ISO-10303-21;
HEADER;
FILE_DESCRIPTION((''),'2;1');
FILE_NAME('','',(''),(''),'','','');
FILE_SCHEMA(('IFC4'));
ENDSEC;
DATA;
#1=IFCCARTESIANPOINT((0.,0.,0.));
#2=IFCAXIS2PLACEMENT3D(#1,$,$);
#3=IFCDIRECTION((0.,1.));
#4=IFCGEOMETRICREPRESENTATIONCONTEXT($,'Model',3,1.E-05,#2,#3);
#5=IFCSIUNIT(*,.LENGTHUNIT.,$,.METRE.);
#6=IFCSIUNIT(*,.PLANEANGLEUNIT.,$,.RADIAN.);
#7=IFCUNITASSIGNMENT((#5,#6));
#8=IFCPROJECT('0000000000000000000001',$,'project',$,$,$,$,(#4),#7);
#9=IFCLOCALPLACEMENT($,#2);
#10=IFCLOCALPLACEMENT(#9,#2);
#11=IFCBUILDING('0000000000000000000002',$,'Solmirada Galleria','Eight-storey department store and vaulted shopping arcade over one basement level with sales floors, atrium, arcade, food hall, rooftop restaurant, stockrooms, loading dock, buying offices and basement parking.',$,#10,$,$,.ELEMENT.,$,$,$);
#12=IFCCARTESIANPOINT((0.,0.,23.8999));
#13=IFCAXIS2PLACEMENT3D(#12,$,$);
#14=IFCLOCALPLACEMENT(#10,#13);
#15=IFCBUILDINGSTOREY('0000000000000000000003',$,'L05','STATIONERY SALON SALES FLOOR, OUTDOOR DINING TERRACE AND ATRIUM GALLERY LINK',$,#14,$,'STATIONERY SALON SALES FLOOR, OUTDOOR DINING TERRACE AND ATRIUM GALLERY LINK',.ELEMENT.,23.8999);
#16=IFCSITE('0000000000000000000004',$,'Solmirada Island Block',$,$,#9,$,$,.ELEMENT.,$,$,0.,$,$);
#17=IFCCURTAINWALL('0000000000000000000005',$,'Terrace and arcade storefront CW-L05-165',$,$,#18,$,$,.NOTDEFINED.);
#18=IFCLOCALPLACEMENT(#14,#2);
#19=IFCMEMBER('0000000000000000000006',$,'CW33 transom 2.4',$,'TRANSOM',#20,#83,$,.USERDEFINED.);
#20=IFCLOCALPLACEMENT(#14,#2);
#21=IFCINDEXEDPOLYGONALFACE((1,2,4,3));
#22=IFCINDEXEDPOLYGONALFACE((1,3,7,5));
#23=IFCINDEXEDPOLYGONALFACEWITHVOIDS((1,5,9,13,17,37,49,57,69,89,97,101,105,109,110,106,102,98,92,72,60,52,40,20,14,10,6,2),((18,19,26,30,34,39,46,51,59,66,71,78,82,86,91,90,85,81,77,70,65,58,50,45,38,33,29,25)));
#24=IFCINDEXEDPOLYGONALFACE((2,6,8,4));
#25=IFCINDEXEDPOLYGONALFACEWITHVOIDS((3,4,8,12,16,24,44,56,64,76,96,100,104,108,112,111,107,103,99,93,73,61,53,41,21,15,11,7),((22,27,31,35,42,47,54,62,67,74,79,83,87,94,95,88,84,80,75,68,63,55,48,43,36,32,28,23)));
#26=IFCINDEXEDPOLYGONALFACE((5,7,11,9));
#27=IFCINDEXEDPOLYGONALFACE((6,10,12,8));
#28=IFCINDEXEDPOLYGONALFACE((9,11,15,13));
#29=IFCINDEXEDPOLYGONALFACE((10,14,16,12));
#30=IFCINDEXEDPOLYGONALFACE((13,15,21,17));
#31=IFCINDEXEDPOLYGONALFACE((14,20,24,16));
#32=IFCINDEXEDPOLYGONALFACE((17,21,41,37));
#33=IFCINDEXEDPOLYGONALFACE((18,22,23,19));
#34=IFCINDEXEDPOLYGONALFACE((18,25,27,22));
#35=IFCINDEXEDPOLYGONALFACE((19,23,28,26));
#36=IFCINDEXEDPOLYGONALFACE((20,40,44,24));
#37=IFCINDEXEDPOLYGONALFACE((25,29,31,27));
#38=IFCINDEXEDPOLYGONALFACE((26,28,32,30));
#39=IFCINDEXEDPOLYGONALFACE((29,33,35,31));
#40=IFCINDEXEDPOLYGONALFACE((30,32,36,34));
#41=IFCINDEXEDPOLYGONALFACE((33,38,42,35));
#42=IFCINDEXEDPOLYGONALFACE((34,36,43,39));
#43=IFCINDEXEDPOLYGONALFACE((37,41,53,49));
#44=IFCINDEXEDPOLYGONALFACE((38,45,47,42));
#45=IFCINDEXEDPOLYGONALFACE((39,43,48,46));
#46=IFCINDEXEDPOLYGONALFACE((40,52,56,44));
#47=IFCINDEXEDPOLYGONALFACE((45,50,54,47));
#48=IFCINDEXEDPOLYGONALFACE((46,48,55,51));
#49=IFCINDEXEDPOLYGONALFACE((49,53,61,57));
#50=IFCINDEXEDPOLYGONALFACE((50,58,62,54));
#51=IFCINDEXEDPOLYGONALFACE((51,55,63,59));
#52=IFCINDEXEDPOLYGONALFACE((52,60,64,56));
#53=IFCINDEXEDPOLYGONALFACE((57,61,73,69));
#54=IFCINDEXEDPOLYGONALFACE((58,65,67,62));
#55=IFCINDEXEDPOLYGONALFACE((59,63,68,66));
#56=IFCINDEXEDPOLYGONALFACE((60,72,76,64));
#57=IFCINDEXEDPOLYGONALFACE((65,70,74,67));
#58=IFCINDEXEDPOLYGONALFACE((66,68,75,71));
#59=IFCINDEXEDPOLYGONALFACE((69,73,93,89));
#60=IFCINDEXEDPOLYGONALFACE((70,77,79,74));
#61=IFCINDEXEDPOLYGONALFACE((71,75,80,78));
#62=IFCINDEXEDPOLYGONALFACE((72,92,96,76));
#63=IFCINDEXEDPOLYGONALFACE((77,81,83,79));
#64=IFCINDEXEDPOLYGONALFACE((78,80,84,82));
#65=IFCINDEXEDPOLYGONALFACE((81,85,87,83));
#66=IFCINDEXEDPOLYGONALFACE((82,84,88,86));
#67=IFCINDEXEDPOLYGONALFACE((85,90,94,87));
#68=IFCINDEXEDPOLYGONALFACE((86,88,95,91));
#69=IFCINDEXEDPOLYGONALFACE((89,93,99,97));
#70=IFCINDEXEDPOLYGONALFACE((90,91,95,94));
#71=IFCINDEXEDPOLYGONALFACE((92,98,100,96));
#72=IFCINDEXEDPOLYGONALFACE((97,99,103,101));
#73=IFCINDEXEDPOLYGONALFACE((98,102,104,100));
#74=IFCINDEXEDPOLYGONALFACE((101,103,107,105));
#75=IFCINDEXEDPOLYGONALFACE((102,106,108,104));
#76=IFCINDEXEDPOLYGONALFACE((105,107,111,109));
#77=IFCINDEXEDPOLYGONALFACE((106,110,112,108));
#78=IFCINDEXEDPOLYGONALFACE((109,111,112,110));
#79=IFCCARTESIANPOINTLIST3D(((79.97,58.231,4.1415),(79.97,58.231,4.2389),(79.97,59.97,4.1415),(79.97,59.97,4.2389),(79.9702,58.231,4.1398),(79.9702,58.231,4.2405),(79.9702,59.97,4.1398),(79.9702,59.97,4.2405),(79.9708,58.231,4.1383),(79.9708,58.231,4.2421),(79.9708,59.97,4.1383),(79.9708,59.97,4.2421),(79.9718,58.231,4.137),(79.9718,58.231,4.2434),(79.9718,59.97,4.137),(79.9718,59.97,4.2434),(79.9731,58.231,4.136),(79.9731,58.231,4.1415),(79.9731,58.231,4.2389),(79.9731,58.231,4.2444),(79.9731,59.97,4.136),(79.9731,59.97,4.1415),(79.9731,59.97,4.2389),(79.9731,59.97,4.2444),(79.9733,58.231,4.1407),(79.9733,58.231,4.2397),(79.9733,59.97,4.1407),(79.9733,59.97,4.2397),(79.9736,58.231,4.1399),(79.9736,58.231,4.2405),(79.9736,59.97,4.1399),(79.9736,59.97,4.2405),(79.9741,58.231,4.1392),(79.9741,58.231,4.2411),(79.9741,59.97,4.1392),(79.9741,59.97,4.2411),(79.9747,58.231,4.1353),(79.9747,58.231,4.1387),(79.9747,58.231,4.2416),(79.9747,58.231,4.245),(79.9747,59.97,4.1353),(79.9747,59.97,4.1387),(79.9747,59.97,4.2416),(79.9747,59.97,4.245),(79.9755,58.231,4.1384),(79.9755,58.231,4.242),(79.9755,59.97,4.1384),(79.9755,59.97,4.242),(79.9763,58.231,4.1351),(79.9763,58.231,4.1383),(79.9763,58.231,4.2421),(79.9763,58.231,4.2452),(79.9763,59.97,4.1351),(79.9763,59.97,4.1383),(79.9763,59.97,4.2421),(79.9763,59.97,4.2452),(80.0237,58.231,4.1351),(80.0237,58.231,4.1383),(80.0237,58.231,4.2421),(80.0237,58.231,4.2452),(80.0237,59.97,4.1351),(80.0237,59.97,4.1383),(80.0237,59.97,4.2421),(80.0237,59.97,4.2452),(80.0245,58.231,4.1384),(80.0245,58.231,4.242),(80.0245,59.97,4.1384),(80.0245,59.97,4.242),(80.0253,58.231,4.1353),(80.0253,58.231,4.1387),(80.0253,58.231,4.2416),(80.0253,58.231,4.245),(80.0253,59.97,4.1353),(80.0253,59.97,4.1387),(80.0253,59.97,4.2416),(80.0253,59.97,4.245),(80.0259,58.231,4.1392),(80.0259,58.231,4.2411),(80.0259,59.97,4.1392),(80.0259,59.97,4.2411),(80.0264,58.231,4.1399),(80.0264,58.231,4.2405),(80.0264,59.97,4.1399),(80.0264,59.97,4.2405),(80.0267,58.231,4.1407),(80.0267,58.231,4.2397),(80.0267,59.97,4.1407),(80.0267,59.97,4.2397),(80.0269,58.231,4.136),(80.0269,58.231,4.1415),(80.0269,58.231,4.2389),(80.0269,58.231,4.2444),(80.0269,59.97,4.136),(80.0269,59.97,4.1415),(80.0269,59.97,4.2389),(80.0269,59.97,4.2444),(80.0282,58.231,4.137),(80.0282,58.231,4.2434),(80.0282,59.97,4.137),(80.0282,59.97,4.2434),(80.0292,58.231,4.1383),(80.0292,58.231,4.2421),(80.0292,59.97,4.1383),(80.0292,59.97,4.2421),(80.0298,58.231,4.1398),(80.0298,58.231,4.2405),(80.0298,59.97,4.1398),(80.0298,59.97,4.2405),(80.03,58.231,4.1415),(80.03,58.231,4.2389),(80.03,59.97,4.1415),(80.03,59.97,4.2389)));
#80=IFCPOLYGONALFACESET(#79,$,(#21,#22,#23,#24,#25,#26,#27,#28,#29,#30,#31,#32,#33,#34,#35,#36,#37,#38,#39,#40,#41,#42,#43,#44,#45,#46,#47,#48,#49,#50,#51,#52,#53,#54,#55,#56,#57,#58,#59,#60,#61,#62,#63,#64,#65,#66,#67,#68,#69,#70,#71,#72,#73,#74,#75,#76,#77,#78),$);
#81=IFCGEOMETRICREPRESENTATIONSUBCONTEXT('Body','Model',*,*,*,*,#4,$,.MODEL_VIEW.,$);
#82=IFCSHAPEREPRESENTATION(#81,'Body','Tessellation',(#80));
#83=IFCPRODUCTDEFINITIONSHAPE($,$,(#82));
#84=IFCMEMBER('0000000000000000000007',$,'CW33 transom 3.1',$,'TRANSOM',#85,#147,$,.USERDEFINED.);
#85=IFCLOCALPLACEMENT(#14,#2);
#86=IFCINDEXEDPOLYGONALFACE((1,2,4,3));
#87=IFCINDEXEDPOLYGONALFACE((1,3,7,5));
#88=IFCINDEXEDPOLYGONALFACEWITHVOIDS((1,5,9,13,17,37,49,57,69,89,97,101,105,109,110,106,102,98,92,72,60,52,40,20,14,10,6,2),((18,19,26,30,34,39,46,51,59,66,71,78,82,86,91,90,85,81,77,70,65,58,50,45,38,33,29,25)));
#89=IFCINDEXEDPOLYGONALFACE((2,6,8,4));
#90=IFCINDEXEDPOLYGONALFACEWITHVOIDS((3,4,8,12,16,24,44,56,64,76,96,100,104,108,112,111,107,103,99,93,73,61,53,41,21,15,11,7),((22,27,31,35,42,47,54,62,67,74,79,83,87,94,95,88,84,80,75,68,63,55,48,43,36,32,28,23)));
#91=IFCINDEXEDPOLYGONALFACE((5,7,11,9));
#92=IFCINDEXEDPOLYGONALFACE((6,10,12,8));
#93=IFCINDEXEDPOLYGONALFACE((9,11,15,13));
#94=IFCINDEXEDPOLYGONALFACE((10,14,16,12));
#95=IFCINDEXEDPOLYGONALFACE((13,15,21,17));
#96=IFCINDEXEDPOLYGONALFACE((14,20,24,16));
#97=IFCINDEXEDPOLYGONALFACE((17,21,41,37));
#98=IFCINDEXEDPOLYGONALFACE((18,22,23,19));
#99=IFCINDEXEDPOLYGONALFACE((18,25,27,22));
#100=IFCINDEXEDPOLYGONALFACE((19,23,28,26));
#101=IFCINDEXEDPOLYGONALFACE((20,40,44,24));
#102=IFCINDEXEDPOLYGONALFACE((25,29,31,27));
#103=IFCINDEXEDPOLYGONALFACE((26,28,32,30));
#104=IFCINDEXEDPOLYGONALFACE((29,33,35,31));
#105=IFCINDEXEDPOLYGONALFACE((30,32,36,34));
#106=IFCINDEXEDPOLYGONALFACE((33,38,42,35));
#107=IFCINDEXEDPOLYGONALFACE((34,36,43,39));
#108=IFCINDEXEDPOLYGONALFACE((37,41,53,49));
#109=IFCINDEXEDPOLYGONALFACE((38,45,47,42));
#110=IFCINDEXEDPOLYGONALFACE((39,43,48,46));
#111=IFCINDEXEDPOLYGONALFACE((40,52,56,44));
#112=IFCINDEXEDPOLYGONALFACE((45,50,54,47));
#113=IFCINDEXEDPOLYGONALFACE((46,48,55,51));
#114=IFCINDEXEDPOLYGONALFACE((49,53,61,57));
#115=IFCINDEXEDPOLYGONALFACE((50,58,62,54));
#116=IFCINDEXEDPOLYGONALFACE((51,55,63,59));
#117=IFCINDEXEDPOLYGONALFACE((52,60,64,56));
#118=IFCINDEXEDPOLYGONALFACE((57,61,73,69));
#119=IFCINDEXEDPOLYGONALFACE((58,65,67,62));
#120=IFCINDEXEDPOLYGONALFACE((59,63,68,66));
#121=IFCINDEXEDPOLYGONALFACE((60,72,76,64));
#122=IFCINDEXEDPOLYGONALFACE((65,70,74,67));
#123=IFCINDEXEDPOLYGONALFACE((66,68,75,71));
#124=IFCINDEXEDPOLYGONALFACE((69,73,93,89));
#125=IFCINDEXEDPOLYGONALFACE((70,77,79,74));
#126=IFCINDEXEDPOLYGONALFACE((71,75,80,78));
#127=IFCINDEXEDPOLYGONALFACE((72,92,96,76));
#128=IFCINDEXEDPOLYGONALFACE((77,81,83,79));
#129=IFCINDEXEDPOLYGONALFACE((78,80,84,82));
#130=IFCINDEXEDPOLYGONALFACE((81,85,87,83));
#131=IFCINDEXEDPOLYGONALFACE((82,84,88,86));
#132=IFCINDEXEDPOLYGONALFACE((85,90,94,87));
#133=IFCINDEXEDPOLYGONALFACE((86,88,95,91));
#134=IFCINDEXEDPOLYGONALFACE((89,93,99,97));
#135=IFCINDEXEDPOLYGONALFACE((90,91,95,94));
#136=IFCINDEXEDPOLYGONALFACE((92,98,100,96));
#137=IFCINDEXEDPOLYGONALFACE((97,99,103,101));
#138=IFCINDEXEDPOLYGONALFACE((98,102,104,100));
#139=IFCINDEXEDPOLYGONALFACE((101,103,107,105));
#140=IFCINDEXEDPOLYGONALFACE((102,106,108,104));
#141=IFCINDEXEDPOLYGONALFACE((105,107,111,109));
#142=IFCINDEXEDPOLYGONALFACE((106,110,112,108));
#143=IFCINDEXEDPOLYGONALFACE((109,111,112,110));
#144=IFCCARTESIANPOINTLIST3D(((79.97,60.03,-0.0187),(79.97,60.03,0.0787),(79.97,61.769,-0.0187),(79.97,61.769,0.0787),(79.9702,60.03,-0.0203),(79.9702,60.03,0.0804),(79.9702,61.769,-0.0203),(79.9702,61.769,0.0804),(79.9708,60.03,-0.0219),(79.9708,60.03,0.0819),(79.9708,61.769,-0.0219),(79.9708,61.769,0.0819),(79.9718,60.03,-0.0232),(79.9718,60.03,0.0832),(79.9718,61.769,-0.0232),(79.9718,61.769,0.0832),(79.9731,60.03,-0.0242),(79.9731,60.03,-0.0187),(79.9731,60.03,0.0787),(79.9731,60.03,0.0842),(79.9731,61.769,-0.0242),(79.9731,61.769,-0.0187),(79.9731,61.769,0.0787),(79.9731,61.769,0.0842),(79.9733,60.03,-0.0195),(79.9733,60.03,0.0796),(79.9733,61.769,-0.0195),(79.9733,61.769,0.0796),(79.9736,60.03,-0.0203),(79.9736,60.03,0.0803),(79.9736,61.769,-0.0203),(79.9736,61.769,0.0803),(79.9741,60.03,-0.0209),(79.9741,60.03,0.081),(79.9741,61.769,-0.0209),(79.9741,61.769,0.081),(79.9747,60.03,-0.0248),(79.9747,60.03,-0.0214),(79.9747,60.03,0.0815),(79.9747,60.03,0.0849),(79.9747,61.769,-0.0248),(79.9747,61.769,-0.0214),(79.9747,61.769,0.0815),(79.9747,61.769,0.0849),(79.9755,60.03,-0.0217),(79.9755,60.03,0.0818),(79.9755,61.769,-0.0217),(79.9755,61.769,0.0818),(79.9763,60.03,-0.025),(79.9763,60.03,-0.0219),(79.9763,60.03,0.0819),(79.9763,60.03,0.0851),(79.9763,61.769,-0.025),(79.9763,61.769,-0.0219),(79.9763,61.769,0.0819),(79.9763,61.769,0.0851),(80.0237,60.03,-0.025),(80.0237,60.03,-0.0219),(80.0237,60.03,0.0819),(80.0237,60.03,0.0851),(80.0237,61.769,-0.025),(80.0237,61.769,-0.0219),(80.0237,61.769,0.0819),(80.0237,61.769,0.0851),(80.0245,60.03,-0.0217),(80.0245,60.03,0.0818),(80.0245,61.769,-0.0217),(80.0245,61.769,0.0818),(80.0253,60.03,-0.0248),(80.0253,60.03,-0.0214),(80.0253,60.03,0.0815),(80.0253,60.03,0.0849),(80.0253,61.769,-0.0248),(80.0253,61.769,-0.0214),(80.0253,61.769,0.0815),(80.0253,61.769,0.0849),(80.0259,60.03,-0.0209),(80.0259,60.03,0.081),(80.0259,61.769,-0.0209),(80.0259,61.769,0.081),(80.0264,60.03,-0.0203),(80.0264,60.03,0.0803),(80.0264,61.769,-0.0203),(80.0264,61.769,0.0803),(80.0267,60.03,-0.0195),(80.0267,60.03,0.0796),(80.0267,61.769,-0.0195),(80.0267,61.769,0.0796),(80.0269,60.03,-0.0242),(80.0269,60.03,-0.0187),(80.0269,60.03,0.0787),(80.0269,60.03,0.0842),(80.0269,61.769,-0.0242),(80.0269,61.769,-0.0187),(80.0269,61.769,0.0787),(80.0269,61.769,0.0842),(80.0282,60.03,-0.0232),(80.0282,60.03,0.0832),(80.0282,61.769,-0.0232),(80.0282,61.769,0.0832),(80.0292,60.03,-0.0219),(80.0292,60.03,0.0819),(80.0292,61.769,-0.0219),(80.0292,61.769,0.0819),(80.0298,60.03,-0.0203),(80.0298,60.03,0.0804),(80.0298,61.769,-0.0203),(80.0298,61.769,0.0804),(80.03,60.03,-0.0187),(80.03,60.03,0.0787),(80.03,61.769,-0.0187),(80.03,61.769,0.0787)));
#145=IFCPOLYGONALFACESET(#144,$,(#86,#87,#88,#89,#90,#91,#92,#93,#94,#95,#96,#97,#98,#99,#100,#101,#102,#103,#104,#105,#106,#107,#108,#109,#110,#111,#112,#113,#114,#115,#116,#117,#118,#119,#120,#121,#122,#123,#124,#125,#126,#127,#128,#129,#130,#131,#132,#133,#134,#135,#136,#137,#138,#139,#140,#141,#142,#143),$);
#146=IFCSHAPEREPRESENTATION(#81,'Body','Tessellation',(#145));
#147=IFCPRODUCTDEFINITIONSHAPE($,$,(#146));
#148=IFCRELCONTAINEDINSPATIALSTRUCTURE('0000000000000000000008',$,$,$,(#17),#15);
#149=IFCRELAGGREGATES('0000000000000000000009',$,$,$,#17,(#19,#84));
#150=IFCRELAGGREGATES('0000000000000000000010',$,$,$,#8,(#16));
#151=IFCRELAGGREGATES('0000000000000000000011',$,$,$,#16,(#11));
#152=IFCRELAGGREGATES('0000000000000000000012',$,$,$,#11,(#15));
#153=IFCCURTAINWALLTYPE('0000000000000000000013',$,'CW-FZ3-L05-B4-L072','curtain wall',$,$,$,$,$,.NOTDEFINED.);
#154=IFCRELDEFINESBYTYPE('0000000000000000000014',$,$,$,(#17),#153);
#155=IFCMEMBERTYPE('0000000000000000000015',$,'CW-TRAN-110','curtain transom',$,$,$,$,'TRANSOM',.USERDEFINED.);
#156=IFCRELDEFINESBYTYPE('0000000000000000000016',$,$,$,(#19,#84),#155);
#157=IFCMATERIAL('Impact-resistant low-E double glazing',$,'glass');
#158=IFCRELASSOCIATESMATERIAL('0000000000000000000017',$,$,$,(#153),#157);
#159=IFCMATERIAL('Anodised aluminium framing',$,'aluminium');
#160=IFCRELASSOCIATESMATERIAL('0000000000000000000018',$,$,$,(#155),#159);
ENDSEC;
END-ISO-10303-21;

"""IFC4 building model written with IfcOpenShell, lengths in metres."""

from ifc_helpers import new_model, si_unit, direction, frame, origin, origin_2d, place, context, subcontext, project, spatial, hollow_rectangle, extrude, material, material_profile, profile_set, type_object, element, aggregate, save


model = new_model("IFC4")

# Units and contexts
model_context = context("Model", 3, precision=1e-05, world=origin(), true_north=direction((0.0, 1.0)))
body_context = subcontext(model_context, "Body", "Model", "MODEL_VIEW")
ifc_project = project(units=[si_unit("LENGTHUNIT", "METRE"), si_unit("PLANEANGLEUNIT", "RADIAN")], contexts=[model_context])

# Site, building, storey
site_placement = place(None, origin())
site = spatial("IfcSite", under=ifc_project, at=site_placement, Name="Solmirada Island Block", CompositionType="ELEMENT", RefElevation=0.0)
building_placement = place(site_placement, origin())
building = spatial("IfcBuilding", under=site, at=building_placement, Name="Solmirada Galleria", Description="Eight-storey department store and vaulted shopping arcade over one basement level with sales floors, atrium, arcade, food hall, rooftop restaurant, stockrooms, loading dock, buying offices and basement parking.", CompositionType="ELEMENT")
storey_placement = place(building_placement, frame((0.0, 0.0, 23.8999)))
storey = spatial("IfcBuildingStorey", under=building, at=storey_placement, Name="L05", Description="STATIONERY SALON SALES FLOOR, OUTDOOR DINING TERRACE AND ATRIUM GALLERY LINK", LongName="STATIONERY SALON SALES FLOOR, OUTDOOR DINING TERRACE AND ATRIUM GALLERY LINK", CompositionType="ELEMENT", Elevation=23.8999)

# Curtain wall, members
ifc_material_1 = material(Name="Impact-resistant low-E double glazing", Category="glass")
curtain_wall_type = type_object("IfcCurtainWallType", Name="CW-FZ3-L05-B4-L072", Description="curtain wall", PredefinedType="NOTDEFINED", material=ifc_material_1)
curtain_wall_placement = place(storey_placement, origin())
curtain_wall = element("IfcCurtainWall", 1, at=curtain_wall_placement, inside=storey, type_object=curtain_wall_type, Name="Terrace and arcade storefront CW-L05-165", PredefinedType="NOTDEFINED")
ifc_material_2 = material(Name="Anodised aluminium framing", Category="aluminium")
ifc_material_profile_1 = material_profile(ifc_material_2, hollow_rectangle(XDim=0.0601, YDim=0.1101, WallThickness=0.0032, InnerFilletRadius=0.0032, OuterFilletRadius=0.0063, at=origin_2d()), Name="ALU-TRAN-110X60")
ifc_profile_set_1 = profile_set([ifc_material_profile_1], Name="Anodised aluminium framing")
member_type_1 = type_object("IfcMemberType", Name="CW-TRAN-110", Description="curtain transom", ElementType="TRANSOM", PredefinedType="USERDEFINED", material=ifc_profile_set_1)
member_1_placement = place(storey_placement, frame((80.0, 58.231, 4.1902), z_axis=(0.0, 1.0, 0.0), x_axis=(-1.0, 0.0, 0.0)))
member_1 = element("IfcMember", 2, at=member_1_placement, type_object=member_type_1, Name="CW33 transom 2.4", ObjectType="TRANSOM", PredefinedType="USERDEFINED", context=body_context, shape_type="SweptSolid", body=[
    extrude(hollow_rectangle(XDim=0.0601, YDim=0.1101, WallThickness=0.0032, InnerFilletRadius=0.0032, OuterFilletRadius=0.0063, at=origin_2d()), origin(), (0.0, 0.0, 1.0), 1.739),
])
member_2_placement = place(storey_placement, frame((80.0, 60.03, 0.03), z_axis=(0.0, 1.0, 0.0), x_axis=(-1.0, 0.0, 0.0)))
member_2 = element("IfcMember", 3, at=member_2_placement, type_object=member_type_1, Name="CW33 transom 3.1", ObjectType="TRANSOM", PredefinedType="USERDEFINED", context=body_context, shape_type="SweptSolid", body=[
    extrude(hollow_rectangle(XDim=0.0601, YDim=0.1101, WallThickness=0.0032, InnerFilletRadius=0.0032, OuterFilletRadius=0.0063, at=origin_2d()), origin(), (0.0, 0.0, 1.0), 1.739),
])
aggregate(curtain_wall, [member_1, member_2])

save(model, "model.ifc")
